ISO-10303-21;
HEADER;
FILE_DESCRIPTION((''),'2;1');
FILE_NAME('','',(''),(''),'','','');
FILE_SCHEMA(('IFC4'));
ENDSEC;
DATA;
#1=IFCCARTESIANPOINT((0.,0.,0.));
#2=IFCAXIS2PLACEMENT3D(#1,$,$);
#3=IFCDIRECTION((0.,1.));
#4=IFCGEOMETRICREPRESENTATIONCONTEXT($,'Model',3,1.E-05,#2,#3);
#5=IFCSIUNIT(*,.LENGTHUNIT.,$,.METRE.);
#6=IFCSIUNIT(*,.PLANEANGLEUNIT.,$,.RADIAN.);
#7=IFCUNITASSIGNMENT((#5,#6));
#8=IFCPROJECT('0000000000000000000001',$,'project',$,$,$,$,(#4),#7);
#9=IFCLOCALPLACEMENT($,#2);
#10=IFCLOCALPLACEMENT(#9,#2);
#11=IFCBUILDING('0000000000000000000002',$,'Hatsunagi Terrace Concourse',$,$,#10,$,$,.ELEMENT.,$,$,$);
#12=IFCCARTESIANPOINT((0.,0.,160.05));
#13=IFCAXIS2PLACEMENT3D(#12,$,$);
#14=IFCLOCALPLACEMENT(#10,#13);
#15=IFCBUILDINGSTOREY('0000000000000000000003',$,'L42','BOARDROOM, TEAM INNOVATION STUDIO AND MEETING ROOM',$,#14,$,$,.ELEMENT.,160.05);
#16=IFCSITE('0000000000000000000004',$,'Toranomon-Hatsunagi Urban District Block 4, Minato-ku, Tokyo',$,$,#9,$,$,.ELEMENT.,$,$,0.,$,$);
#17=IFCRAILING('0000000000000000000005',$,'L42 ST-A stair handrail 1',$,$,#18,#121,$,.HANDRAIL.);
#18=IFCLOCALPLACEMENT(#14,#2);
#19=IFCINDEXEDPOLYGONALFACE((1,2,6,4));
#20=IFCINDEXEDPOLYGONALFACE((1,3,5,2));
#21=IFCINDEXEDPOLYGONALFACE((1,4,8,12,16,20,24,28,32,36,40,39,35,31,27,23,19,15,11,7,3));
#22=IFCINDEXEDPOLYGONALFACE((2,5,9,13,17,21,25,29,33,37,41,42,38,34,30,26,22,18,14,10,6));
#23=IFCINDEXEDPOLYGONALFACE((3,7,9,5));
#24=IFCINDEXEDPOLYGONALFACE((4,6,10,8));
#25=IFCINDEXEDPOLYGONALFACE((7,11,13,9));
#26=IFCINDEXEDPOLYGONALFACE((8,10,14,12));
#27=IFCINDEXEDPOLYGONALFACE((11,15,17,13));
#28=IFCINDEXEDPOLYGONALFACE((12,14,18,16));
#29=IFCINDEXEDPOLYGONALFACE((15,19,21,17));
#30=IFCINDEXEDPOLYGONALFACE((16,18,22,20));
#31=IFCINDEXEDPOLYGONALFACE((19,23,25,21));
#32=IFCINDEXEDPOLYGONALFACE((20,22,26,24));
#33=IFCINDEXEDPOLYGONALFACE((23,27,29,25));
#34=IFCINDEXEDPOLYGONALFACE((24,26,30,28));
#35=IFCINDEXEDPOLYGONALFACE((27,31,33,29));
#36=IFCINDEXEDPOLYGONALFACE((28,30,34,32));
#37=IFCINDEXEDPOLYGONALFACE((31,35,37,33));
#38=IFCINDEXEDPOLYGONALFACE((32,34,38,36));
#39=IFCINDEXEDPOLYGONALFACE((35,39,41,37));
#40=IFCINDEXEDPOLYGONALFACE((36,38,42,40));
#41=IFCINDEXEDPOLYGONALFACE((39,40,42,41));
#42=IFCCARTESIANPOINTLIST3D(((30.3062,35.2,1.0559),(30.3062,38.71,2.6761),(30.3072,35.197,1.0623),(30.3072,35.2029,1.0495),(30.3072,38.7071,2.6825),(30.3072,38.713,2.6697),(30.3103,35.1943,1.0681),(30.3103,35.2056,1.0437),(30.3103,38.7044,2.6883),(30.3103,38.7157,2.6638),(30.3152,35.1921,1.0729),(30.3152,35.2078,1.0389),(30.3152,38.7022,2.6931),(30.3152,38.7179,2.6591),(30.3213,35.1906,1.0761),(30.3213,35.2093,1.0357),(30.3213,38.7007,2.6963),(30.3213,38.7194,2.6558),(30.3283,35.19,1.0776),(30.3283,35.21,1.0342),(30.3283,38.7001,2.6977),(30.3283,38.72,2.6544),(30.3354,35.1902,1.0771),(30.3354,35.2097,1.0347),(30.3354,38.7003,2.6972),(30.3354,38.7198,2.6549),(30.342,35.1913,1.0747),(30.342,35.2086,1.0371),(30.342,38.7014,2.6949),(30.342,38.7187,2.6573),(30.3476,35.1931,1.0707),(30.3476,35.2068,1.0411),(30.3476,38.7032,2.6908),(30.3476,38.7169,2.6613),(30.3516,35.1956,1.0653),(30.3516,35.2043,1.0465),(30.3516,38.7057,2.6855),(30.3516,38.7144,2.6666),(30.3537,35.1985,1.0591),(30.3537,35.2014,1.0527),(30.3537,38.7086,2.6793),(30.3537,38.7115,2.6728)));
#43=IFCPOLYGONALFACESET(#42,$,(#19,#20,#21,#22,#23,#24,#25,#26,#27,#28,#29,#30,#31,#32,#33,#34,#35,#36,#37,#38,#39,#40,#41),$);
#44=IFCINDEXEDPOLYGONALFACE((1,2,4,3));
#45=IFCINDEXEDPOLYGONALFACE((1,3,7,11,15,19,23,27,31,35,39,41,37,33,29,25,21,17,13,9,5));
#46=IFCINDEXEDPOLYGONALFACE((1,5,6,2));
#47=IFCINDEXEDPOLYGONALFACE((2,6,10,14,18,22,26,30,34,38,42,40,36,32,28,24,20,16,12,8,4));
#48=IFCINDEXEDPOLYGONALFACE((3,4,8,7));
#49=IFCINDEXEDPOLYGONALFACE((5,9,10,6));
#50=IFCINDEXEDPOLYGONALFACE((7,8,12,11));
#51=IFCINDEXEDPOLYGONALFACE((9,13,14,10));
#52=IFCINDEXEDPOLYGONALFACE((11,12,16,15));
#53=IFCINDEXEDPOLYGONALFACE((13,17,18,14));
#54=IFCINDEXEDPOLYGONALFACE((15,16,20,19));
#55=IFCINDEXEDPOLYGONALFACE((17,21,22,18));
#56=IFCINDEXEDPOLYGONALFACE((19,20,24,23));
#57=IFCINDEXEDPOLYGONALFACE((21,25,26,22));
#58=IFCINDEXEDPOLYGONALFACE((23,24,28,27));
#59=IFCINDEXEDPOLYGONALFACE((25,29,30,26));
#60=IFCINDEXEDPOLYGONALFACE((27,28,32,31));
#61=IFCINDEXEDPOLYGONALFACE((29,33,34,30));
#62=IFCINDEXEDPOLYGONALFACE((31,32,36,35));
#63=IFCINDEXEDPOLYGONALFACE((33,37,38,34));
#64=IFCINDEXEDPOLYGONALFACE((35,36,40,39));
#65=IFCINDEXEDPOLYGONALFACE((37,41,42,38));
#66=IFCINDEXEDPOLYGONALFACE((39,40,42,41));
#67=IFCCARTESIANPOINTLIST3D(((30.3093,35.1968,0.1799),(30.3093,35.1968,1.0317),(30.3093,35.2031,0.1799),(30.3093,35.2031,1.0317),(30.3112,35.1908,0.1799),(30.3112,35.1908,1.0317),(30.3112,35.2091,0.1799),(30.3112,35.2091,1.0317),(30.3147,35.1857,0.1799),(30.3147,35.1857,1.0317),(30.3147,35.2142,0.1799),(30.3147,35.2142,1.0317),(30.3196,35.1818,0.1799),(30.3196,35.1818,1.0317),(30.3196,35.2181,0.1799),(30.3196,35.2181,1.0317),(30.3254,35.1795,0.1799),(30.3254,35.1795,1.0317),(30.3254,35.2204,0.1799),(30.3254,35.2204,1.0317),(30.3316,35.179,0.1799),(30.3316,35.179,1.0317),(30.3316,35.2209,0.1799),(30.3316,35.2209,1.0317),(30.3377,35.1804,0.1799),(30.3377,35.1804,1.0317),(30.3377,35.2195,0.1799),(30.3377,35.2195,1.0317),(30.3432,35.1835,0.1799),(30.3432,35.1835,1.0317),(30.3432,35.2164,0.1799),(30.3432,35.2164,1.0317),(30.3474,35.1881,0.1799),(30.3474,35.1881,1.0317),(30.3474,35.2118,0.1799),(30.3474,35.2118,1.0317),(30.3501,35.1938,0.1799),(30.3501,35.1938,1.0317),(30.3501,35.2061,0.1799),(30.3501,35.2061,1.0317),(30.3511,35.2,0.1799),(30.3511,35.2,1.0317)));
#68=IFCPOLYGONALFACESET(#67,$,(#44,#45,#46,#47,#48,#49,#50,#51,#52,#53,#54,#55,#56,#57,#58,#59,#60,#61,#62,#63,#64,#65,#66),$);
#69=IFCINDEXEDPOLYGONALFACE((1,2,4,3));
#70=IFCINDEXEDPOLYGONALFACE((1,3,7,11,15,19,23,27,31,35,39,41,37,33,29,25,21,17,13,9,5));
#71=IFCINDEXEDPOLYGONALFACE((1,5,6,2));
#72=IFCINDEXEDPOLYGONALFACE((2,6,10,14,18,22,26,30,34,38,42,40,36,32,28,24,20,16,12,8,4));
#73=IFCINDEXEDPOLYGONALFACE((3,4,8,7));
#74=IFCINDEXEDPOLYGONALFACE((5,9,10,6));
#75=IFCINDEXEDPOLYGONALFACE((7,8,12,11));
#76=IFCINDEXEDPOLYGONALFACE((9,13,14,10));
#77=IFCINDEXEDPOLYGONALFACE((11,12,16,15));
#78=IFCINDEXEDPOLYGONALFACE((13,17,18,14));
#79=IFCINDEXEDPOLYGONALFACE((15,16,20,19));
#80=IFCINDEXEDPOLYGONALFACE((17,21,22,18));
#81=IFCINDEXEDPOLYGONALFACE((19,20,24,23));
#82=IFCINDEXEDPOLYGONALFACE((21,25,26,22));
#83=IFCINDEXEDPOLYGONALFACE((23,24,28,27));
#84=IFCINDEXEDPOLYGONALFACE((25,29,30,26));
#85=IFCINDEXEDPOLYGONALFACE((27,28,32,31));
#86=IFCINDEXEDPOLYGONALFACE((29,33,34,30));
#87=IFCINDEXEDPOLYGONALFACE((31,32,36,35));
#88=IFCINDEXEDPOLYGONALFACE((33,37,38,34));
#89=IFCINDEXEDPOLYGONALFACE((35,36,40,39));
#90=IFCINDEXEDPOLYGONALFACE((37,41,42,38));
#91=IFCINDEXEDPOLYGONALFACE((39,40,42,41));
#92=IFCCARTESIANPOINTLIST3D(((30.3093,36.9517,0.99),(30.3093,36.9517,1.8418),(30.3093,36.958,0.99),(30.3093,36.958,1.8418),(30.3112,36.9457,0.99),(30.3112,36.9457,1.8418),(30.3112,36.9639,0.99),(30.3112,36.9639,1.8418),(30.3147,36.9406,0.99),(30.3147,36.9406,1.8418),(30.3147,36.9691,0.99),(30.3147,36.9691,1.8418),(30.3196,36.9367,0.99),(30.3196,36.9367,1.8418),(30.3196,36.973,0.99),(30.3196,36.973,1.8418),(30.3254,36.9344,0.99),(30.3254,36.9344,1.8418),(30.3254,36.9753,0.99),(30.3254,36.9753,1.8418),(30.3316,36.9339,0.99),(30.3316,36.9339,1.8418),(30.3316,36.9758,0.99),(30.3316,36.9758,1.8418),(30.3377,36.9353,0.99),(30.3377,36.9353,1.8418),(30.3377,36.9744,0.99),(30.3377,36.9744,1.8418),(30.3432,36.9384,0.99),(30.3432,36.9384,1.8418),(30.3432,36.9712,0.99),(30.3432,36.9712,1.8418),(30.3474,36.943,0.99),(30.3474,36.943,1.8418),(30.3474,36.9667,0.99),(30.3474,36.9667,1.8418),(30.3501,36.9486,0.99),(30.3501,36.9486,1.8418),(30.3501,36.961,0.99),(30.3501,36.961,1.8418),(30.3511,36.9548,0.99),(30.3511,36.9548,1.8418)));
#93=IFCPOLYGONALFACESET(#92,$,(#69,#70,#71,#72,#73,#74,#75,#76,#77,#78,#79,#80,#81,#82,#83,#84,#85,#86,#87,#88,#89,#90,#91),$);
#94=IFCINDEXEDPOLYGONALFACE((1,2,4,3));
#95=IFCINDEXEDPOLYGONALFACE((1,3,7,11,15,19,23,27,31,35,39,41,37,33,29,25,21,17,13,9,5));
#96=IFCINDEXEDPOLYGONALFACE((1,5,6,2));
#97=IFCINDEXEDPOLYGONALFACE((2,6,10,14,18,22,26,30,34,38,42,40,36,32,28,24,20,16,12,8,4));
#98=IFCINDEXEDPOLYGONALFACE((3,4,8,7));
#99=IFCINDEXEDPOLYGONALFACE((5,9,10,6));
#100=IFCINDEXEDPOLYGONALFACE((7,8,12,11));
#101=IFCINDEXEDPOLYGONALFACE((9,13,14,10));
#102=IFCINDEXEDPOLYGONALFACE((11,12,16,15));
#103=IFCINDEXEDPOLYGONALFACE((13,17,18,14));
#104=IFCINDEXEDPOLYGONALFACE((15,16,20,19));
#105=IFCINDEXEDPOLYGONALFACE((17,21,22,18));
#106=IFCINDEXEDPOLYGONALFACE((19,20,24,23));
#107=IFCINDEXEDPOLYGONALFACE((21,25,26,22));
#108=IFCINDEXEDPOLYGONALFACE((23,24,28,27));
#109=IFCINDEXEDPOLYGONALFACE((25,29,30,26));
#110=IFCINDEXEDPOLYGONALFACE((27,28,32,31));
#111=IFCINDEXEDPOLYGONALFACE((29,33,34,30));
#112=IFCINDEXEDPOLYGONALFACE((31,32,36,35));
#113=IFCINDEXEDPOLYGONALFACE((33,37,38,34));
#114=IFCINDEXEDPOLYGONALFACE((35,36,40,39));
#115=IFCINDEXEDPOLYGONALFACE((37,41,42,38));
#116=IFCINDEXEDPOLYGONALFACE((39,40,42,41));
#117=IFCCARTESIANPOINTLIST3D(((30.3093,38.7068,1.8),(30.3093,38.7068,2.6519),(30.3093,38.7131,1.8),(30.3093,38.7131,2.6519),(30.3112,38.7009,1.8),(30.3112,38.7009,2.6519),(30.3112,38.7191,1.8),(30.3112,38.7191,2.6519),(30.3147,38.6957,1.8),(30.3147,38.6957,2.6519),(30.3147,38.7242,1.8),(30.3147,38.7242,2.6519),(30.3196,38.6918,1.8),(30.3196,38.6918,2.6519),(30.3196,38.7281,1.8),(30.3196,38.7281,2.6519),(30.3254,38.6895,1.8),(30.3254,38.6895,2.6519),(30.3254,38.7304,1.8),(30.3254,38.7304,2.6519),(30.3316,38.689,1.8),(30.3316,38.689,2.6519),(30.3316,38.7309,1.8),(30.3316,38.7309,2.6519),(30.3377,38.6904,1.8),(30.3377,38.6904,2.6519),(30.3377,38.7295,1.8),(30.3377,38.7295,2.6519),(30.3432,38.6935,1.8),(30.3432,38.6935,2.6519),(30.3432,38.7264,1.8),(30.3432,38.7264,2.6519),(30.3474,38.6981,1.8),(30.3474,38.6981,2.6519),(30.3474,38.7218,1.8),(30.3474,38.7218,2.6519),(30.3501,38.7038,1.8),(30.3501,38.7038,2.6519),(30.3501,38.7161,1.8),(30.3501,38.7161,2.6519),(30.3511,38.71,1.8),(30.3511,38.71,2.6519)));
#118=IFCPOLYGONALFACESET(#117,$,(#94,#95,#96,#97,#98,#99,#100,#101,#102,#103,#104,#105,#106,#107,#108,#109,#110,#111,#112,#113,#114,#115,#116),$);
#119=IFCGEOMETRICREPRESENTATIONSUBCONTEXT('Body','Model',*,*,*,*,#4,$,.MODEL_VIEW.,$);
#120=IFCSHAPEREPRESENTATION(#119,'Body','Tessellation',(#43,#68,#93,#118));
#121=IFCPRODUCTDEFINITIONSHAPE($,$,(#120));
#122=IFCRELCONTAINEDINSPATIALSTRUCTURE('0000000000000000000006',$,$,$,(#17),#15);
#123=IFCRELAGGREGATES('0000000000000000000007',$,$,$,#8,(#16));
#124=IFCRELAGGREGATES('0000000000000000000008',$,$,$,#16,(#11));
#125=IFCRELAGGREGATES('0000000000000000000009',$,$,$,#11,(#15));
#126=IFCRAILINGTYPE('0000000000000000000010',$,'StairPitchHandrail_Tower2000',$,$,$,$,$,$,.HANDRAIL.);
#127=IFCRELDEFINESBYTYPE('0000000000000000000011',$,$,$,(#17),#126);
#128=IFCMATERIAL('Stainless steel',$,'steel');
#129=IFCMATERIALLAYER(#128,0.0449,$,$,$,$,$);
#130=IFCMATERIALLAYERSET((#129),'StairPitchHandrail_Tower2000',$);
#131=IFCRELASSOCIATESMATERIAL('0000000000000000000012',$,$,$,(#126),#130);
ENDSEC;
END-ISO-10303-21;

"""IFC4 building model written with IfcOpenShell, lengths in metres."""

from ifc_helpers import new_model, si_unit, direction, frame, origin, origin_2d, place, context, subcontext, project, spatial, circle, extrude, material, layer, layer_set, type_object, element, save


model = new_model("IFC4")

# Units and contexts
model_context = context("Model", 3, precision=1e-05, world=origin(), true_north=direction((0.0, 1.0)))
body_context = subcontext(model_context, "Body", "Model", "MODEL_VIEW")
ifc_project = project(units=[si_unit("LENGTHUNIT", "METRE"), si_unit("PLANEANGLEUNIT", "RADIAN")], contexts=[model_context])

# Site, building, storey
site_placement = place(None, origin())
site = spatial("IfcSite", under=ifc_project, at=site_placement, Name="Toranomon-Hatsunagi Urban District Block 4, Minato-ku, Tokyo", CompositionType="ELEMENT", RefElevation=0.0)
building_placement = place(site_placement, origin())
building = spatial("IfcBuilding", under=site, at=building_placement, Name="Hatsunagi Terrace Concourse", CompositionType="ELEMENT")
storey_placement = place(building_placement, frame((0.0, 0.0, 160.05)))
storey = spatial("IfcBuildingStorey", under=building, at=storey_placement, Name="L42", Description="BOARDROOM, TEAM INNOVATION STUDIO AND MEETING ROOM", CompositionType="ELEMENT", Elevation=160.05)

# Railing
ifc_material_1 = material(Name="Stainless steel", Category="steel")
ifc_layer_1 = layer(ifc_material_1, 0.0449)
ifc_layer_set_1 = layer_set([ifc_layer_1], Name="StairPitchHandrail_Tower2000")
railing_type_1 = type_object("IfcRailingType", Name="StairPitchHandrail_Tower2000", PredefinedType="HANDRAIL", material=ifc_layer_set_1)
railing_1_placement = place(storey_placement, frame((30.3301, 35.2, 0.1799)))
element("IfcRailing", 1, at=railing_1_placement, inside=storey, type_object=railing_type_1, Name="L42 ST-A stair handrail 1", PredefinedType="HANDRAIL", context=body_context, shape_type="SweptSolid", body=[
    extrude(circle(Radius=0.0239, at=origin_2d()), frame((0.0, 0.0, 0.876), z_axis=(0.0, 0.907948, 0.419082), x_axis=(-1.0, 0.0, 0.0)), (0.0, 0.0, 1.0), 3.866),
    extrude(circle(Radius=0.021, at=origin_2d()), origin(), (0.0, 0.0, 1.0), 0.8518),
    extrude(circle(Radius=0.021, at=origin_2d()), frame((0.0, 1.7549, 0.8101)), (0.0, 0.0, 1.0), 0.8518),
    extrude(circle(Radius=0.021, at=origin_2d()), frame((0.0, 3.51, 1.6201)), (0.0, 0.0, 1.0), 0.8518),
])

save(model, "model.ifc")
